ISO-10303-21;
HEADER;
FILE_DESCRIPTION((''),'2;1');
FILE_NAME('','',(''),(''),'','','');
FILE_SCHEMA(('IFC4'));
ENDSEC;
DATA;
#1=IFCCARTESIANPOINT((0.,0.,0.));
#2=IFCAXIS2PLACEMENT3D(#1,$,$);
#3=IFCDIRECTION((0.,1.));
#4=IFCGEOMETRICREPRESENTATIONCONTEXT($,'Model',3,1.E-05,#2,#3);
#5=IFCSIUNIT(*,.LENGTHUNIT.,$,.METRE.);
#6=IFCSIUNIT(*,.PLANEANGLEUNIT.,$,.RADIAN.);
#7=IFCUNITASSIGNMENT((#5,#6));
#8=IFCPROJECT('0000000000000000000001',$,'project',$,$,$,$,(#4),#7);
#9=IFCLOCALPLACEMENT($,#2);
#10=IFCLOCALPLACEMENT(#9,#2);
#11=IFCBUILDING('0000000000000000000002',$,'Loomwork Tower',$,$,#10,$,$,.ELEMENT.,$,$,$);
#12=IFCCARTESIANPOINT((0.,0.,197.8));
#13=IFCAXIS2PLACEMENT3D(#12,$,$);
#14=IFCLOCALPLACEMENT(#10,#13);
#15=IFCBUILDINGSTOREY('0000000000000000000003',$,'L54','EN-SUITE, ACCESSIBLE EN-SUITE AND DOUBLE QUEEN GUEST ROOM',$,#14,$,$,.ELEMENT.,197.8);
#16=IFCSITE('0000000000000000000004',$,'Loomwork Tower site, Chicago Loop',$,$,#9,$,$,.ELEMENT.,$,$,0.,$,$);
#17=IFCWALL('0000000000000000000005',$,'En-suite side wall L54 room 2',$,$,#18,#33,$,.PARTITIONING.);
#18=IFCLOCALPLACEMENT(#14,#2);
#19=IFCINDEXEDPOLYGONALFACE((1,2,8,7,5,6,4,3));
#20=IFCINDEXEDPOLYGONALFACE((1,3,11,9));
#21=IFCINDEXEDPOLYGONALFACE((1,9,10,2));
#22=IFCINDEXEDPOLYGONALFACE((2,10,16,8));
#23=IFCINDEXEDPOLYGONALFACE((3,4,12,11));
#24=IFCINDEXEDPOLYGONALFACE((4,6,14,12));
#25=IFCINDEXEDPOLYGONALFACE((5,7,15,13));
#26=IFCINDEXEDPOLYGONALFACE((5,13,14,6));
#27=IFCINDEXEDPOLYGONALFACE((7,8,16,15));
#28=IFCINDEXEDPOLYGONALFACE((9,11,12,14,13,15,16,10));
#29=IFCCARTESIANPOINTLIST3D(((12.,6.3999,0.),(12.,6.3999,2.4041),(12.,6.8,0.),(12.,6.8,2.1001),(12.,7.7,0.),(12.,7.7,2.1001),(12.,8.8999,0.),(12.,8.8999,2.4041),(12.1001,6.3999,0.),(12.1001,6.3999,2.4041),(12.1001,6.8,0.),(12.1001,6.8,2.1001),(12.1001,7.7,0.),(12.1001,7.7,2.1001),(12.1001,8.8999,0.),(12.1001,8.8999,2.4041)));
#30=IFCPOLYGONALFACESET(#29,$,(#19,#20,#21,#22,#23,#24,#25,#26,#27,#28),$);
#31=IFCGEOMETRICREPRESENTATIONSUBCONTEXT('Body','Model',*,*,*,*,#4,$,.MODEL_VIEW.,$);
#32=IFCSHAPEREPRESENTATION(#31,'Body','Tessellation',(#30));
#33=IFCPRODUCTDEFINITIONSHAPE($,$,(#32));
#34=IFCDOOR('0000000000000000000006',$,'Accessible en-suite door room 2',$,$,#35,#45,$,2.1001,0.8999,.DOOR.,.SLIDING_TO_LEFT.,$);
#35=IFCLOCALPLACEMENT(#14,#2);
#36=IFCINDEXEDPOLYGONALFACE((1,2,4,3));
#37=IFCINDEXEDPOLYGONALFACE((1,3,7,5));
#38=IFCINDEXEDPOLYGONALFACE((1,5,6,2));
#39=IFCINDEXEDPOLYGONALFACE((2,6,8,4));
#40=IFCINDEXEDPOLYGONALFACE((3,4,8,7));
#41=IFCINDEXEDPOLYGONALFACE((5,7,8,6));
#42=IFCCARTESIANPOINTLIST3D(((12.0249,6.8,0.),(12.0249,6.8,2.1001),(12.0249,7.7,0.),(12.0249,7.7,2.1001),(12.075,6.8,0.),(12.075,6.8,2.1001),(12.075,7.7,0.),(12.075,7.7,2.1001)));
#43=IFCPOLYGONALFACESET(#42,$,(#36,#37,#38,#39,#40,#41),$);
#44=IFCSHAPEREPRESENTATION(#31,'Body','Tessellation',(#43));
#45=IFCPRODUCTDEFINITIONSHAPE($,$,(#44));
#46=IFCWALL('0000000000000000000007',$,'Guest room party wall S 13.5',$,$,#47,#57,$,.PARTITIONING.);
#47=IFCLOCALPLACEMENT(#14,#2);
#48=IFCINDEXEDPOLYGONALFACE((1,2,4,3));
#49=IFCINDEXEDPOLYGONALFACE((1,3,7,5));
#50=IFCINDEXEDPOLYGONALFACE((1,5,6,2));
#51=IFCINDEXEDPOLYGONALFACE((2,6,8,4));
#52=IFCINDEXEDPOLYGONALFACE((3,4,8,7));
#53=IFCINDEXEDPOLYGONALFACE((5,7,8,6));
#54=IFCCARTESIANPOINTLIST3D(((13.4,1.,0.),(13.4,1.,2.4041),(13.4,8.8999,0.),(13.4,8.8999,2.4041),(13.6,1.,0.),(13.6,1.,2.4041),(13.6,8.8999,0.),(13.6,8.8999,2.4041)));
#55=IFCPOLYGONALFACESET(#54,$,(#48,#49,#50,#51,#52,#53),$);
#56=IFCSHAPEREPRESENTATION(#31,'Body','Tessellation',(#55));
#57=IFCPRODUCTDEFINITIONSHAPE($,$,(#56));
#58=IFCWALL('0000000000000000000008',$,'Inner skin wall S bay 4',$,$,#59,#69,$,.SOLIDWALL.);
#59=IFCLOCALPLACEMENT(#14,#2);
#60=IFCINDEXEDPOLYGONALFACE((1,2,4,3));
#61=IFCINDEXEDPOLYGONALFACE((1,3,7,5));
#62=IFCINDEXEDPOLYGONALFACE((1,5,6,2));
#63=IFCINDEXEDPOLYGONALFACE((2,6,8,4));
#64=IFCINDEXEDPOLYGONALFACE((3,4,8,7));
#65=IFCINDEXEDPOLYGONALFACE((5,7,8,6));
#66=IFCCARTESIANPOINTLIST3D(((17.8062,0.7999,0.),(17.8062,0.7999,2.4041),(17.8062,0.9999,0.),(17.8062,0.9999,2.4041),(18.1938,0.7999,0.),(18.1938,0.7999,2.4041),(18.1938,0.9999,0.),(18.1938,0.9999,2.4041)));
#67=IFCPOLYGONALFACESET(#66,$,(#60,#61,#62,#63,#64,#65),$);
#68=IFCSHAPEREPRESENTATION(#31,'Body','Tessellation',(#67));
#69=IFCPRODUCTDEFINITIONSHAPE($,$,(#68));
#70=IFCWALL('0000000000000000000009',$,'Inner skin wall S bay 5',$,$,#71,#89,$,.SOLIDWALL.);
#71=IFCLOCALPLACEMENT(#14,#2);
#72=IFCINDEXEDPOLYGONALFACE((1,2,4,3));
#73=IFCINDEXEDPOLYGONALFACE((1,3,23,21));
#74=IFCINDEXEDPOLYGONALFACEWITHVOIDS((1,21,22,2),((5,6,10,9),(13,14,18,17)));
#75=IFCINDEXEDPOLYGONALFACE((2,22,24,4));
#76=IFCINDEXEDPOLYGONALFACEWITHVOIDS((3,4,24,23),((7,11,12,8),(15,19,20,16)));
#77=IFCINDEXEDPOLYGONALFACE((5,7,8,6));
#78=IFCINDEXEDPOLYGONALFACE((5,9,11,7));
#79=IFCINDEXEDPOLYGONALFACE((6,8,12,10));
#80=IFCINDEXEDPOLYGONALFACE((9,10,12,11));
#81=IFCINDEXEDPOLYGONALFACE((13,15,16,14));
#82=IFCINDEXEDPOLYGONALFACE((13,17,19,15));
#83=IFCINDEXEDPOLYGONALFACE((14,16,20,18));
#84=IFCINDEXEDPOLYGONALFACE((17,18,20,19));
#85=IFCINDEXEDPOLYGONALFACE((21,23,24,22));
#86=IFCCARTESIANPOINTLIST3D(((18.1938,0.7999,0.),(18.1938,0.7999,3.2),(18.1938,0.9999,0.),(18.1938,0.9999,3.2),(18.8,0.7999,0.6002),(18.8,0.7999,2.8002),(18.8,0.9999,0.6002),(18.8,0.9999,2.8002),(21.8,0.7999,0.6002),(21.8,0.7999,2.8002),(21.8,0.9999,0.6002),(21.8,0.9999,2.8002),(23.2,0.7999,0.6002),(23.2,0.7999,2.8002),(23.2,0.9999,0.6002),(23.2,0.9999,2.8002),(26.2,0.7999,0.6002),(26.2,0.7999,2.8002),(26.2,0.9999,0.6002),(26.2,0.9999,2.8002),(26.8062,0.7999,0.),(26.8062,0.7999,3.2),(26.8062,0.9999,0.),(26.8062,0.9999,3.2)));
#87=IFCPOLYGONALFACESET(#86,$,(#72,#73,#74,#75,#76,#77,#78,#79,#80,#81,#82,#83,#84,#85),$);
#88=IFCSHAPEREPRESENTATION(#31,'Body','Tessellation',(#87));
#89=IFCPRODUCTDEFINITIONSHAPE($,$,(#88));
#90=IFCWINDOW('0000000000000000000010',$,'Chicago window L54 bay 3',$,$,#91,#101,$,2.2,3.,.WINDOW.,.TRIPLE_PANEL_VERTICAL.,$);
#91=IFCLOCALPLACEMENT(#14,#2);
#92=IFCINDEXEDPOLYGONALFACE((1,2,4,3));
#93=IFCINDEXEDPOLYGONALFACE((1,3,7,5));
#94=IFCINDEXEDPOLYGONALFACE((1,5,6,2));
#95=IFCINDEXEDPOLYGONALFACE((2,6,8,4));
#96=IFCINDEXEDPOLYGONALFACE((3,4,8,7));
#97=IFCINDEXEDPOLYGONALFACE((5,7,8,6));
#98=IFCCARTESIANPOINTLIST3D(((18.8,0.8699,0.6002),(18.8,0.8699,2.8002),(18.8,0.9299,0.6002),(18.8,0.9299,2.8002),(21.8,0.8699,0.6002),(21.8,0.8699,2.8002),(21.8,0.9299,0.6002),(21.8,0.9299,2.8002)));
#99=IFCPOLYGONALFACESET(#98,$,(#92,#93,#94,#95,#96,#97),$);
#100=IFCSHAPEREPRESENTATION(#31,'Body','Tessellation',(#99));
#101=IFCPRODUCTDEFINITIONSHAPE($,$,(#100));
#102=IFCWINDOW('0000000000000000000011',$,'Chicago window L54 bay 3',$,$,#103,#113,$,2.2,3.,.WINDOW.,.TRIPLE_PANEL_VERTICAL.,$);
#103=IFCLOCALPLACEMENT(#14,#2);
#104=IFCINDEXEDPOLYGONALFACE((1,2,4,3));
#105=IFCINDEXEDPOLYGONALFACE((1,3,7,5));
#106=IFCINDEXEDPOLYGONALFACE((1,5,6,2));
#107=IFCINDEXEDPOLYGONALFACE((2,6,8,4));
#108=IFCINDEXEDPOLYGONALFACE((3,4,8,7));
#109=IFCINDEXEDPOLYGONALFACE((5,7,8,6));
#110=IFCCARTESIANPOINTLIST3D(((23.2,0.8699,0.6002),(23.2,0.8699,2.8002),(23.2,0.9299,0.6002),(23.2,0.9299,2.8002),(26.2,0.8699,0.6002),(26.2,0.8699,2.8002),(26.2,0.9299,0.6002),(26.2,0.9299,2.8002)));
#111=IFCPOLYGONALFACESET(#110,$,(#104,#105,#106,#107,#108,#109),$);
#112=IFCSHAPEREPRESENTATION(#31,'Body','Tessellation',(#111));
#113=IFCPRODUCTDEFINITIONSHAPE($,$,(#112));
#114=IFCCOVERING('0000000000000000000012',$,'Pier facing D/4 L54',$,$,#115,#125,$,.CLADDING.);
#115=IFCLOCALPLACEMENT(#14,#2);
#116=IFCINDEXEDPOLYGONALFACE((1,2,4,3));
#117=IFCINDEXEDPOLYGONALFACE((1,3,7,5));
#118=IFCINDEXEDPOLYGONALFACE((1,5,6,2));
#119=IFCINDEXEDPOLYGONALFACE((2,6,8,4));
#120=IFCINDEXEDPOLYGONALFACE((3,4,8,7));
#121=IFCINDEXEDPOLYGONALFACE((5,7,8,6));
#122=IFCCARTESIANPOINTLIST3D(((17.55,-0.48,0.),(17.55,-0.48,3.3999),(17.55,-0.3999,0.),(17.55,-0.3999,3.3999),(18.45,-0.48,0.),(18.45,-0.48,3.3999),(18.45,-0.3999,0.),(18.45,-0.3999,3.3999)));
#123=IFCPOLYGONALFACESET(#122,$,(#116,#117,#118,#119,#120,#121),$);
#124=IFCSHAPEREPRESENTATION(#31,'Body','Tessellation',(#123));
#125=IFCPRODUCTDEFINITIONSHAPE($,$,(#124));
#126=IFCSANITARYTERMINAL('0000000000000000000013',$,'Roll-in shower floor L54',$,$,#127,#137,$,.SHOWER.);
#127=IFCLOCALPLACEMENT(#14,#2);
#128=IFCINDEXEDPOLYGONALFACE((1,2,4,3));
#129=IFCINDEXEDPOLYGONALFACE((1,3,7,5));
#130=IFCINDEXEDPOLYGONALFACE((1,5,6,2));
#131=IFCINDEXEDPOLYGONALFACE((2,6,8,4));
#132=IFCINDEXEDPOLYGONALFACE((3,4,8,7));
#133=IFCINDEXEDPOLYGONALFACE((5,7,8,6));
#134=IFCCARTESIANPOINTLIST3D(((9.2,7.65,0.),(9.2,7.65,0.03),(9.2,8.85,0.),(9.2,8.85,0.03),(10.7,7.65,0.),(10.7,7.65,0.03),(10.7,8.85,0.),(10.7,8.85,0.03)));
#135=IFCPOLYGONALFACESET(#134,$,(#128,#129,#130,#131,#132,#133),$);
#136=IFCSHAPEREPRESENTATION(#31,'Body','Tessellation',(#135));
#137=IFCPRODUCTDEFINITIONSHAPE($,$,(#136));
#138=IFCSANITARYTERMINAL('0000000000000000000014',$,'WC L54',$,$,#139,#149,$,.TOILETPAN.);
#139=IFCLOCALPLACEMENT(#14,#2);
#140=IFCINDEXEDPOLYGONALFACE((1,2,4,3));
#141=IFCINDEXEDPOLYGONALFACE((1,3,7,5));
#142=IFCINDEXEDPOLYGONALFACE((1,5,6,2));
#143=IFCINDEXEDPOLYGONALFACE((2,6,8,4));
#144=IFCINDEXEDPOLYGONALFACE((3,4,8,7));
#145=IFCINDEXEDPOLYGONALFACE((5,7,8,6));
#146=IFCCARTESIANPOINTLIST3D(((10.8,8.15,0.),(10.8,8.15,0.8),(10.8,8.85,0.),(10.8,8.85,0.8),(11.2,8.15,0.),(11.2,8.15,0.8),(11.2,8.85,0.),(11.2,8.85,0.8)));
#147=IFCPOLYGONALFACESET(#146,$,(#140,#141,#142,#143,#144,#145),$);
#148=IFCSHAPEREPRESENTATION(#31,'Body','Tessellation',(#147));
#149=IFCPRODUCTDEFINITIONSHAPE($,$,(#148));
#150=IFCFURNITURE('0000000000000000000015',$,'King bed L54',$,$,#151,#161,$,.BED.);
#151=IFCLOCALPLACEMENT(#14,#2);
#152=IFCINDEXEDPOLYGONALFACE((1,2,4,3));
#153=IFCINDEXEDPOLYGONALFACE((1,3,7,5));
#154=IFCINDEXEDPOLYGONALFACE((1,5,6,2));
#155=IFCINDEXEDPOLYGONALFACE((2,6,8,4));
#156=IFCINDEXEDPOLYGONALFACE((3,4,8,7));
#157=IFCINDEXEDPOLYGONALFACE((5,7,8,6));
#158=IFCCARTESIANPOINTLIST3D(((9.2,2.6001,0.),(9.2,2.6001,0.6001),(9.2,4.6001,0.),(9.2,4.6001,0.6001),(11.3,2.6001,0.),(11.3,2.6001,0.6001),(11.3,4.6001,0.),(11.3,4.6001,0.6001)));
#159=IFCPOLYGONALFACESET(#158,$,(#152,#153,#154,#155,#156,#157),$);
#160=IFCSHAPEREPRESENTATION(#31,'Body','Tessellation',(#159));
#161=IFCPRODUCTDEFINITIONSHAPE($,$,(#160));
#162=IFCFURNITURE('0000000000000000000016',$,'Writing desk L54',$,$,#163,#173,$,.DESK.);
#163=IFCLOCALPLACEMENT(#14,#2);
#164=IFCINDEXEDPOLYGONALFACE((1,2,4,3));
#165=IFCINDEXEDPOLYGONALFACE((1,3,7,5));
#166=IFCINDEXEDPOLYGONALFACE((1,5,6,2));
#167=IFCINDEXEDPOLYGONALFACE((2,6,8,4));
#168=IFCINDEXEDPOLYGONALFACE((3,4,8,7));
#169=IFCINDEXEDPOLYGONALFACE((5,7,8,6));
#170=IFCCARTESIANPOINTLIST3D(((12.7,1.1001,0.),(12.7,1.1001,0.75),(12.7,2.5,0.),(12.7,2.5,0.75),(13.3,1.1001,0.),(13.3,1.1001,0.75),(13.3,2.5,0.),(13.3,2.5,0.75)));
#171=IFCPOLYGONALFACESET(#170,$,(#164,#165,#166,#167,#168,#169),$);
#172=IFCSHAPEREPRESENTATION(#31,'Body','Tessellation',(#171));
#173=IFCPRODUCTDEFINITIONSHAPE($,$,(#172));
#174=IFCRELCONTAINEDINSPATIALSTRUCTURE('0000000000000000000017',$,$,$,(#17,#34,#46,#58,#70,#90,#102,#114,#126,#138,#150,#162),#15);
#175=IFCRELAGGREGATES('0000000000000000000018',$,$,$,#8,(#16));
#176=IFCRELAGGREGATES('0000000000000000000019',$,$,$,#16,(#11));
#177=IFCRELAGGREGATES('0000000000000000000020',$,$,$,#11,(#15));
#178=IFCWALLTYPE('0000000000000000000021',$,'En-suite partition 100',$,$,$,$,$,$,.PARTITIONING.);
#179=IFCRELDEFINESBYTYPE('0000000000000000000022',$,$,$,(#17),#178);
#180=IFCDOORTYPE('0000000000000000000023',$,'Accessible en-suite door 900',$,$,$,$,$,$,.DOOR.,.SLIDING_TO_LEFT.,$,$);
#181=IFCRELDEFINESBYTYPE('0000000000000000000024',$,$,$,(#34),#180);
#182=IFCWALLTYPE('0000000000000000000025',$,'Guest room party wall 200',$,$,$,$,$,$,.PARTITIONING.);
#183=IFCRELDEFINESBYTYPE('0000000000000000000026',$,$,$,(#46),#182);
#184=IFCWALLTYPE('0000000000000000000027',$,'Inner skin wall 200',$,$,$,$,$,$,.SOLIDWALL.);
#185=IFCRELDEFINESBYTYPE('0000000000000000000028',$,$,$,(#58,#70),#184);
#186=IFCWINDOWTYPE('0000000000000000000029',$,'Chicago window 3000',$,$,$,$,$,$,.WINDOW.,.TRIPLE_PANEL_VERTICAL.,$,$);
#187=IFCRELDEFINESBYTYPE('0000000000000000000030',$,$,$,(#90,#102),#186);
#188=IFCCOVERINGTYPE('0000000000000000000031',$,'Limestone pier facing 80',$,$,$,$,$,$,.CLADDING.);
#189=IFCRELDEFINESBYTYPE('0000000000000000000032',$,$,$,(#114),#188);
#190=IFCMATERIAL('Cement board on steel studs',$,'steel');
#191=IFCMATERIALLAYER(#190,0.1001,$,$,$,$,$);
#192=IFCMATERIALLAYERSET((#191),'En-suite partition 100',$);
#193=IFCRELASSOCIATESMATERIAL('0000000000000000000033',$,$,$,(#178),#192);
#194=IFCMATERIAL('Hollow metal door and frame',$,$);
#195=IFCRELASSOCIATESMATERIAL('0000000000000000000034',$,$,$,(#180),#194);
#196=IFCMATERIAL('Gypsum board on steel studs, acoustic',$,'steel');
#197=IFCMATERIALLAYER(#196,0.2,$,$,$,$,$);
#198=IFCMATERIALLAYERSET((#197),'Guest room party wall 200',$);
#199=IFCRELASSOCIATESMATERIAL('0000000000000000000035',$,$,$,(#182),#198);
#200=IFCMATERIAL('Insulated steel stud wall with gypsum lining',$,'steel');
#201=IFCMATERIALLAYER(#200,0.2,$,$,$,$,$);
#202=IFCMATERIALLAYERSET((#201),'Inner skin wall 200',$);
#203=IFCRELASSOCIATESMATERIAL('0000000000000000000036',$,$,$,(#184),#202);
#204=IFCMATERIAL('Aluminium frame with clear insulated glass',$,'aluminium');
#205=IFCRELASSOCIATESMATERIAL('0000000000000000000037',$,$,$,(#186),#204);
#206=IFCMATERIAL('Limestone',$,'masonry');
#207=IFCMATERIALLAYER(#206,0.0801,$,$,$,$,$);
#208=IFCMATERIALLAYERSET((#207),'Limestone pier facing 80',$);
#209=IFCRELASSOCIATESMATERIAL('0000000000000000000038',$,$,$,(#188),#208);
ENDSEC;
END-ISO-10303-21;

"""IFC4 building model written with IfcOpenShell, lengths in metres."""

from ifc_helpers import new_model, si_unit, direction, frame, frame_2d, origin, origin_2d, place, context, subcontext, project, spatial, rectangle, extrude, material, layer, layer_set, type_object, element, fill, save


model = new_model("IFC4")

# Units and contexts
model_context = context("Model", 3, precision=1e-05, world=origin(), true_north=direction((0.0, 1.0)))
body_context = subcontext(model_context, "Body", "Model", "MODEL_VIEW")
ifc_project = project(units=[si_unit("LENGTHUNIT", "METRE"), si_unit("PLANEANGLEUNIT", "RADIAN")], contexts=[model_context])

# Site, building, storey
site_placement = place(None, origin())
site = spatial("IfcSite", under=ifc_project, at=site_placement, Name="Loomwork Tower site, Chicago Loop", CompositionType="ELEMENT", RefElevation=0.0)
building_placement = place(site_placement, origin())
building = spatial("IfcBuilding", under=site, at=building_placement, Name="Loomwork Tower", CompositionType="ELEMENT")
storey_placement = place(building_placement, frame((0.0, 0.0, 197.8)))
storey = spatial("IfcBuildingStorey", under=building, at=storey_placement, Name="L54", Description="EN-SUITE, ACCESSIBLE EN-SUITE AND DOUBLE QUEEN GUEST ROOM", CompositionType="ELEMENT", Elevation=197.8)

# Wall, opening, door
ifc_material_1 = material(Name="Cement board on steel studs", Category="steel")
ifc_layer_1 = layer(ifc_material_1, 0.1001)
ifc_layer_set_1 = layer_set([ifc_layer_1], Name="En-suite partition 100")
wall_type_1 = type_object("IfcWallType", Name="En-suite partition 100", PredefinedType="PARTITIONING", material=ifc_layer_set_1)
wall_1_placement = place(storey_placement, frame((12.05, 8.8999, 0.0), z_axis=(0.0, 0.0, 1.0), x_axis=(0.0, -1.0, 0.0)))
wall_1 = element("IfcWall", 1, at=wall_1_placement, inside=storey, type_object=wall_type_1, Name="En-suite side wall L54 room 2", PredefinedType="PARTITIONING", context=body_context, shape_type="SweptSolid", body=[
    extrude(rectangle(XDim=2.5, YDim=0.1001, at=frame_2d((1.25, 0.0))), origin(), (0.0, 0.0, 1.0), 2.4041),
])
opening_1_placement = place(wall_1_placement, frame((1.2, 0.0, 0.0)))
opening_1 = element("IfcOpeningElement", 2, at=opening_1_placement, cuts=wall_1, PredefinedType="OPENING", context=body_context, shape_type="SweptSolid", body=[
    extrude(rectangle(XDim=0.8999, YDim=2.1001, at=frame_2d((0.45, 1.05))), frame((0.0, 0.0601, 0.0), z_axis=(0.0, -1.0, 0.0), x_axis=(1.0, 0.0, 0.0)), (0.0, 0.0, 1.0), 0.1201),
])
ifc_material_2 = material(Name="Hollow metal door and frame")
door_type = type_object("IfcDoorType", Name="Accessible en-suite door 900", OperationType="SLIDING_TO_LEFT", PredefinedType="DOOR", material=ifc_material_2)
door_placement = place(opening_1_placement, origin())
door = element("IfcDoor", 3, at=door_placement, inside=storey, type_object=door_type, Name="Accessible en-suite door room 2", OperationType="SLIDING_TO_LEFT", OverallHeight=2.1001, OverallWidth=0.8999, PredefinedType="DOOR", context=body_context, shape_type="SweptSolid", body=[
    extrude(rectangle(XDim=0.8999, YDim=2.1001, at=frame_2d((0.45, 1.05))), frame((0.0, 0.0249, 0.0), z_axis=(0.0, -1.0, 0.0), x_axis=(1.0, 0.0, 0.0)), (0.0, 0.0, 1.0), 0.05),
])
fill(opening_1, door)

# Walls
ifc_material_3 = material(Name="Gypsum board on steel studs, acoustic", Category="steel")
ifc_layer_2 = layer(ifc_material_3, 0.2)
ifc_layer_set_2 = layer_set([ifc_layer_2], Name="Guest room party wall 200")
wall_type_2 = type_object("IfcWallType", Name="Guest room party wall 200", PredefinedType="PARTITIONING", material=ifc_layer_set_2)
wall_2_placement = place(storey_placement, frame((13.5, 8.8999, 0.0), z_axis=(0.0, 0.0, 1.0), x_axis=(0.0, -1.0, 0.0)))
element("IfcWall", 4, at=wall_2_placement, inside=storey, type_object=wall_type_2, Name="Guest room party wall S 13.5", PredefinedType="PARTITIONING", context=body_context, shape_type="SweptSolid", body=[
    extrude(rectangle(XDim=7.8999, YDim=0.2, at=frame_2d((3.95, 0.0))), origin(), (0.0, 0.0, 1.0), 2.4041),
])
ifc_material_4 = material(Name="Insulated steel stud wall with gypsum lining", Category="steel")
ifc_layer_3 = layer(ifc_material_4, 0.2)
ifc_layer_set_3 = layer_set([ifc_layer_3], Name="Inner skin wall 200")
wall_type_3 = type_object("IfcWallType", Name="Inner skin wall 200", PredefinedType="SOLIDWALL", material=ifc_layer_set_3)
wall_3_placement = place(storey_placement, frame((17.8062, 0.8999, 0.0), z_axis=(0.0, 0.0, 1.0), x_axis=(1.0, 0.0, 0.0)))
element("IfcWall", 5, at=wall_3_placement, inside=storey, type_object=wall_type_3, Name="Inner skin wall S bay 4", PredefinedType="SOLIDWALL", context=body_context, shape_type="SweptSolid", body=[
    extrude(rectangle(XDim=0.3877, YDim=0.2, at=frame_2d((0.1938, 0.0))), origin(), (0.0, 0.0, 1.0), 2.4041),
])

# Wall, openings, windows
wall_4_placement = place(storey_placement, frame((18.1938, 0.8999, 0.0), z_axis=(0.0, 0.0, 1.0), x_axis=(1.0, 0.0, 0.0)))
wall_4 = element("IfcWall", 6, at=wall_4_placement, inside=storey, type_object=wall_type_3, Name="Inner skin wall S bay 5", PredefinedType="SOLIDWALL", context=body_context, shape_type="SweptSolid", body=[
    extrude(rectangle(XDim=8.6123, YDim=0.2, at=frame_2d((4.3062, 0.0))), origin(), (0.0, 0.0, 1.0), 3.2),
])
opening_2_placement = place(wall_4_placement, frame((0.6062, 0.0, 0.6001)))
opening_2 = element("IfcOpeningElement", 7, at=opening_2_placement, cuts=wall_4, PredefinedType="OPENING", context=body_context, shape_type="SweptSolid", body=[
    extrude(rectangle(XDim=3.0, YDim=2.2, at=frame_2d((1.5, 1.1001))), frame((0.0, 0.1099, 0.0), z_axis=(0.0, -1.0, 0.0), x_axis=(1.0, 0.0, 0.0)), (0.0, 0.0, 1.0), 0.22),
])
opening_3_placement = place(wall_4_placement, frame((5.0061, 0.0, 0.6001)))
opening_3 = element("IfcOpeningElement", 8, at=opening_3_placement, cuts=wall_4, PredefinedType="OPENING", context=body_context, shape_type="SweptSolid", body=[
    extrude(rectangle(XDim=3.0, YDim=2.2, at=frame_2d((1.5, 1.1001))), frame((0.0, 0.1099, 0.0), z_axis=(0.0, -1.0, 0.0), x_axis=(1.0, 0.0, 0.0)), (0.0, 0.0, 1.0), 0.22),
])
ifc_material_5 = material(Name="Aluminium frame with clear insulated glass", Category="aluminium")
window_type = type_object("IfcWindowType", Name="Chicago window 3000", PartitioningType="TRIPLE_PANEL_VERTICAL", PredefinedType="WINDOW", material=ifc_material_5)
window_1_placement = place(opening_2_placement, origin())
window_1 = element("IfcWindow", 9, at=window_1_placement, inside=storey, type_object=window_type, Name="Chicago window L54 bay 3", OverallHeight=2.2, OverallWidth=3.0, PartitioningType="TRIPLE_PANEL_VERTICAL", PredefinedType="WINDOW", context=body_context, shape_type="SweptSolid", body=[
    extrude(rectangle(XDim=3.0, YDim=2.2, at=frame_2d((1.5, 1.1001))), frame((0.0, 0.03, 0.0), z_axis=(0.0, -1.0, 0.0), x_axis=(1.0, 0.0, 0.0)), (0.0, 0.0, 1.0), 0.0601),
])
fill(opening_2, window_1)
window_2_placement = place(opening_3_placement, origin())
window_2 = element("IfcWindow", 10, at=window_2_placement, inside=storey, type_object=window_type, Name="Chicago window L54 bay 3", OverallHeight=2.2, OverallWidth=3.0, PartitioningType="TRIPLE_PANEL_VERTICAL", PredefinedType="WINDOW", context=body_context, shape_type="SweptSolid", body=[
    extrude(rectangle(XDim=3.0, YDim=2.2, at=frame_2d((1.5, 1.1001))), frame((0.0, 0.03, 0.0), z_axis=(0.0, -1.0, 0.0), x_axis=(1.0, 0.0, 0.0)), (0.0, 0.0, 1.0), 0.0601),
])
fill(opening_3, window_2)

# Covering
ifc_material_6 = material(Name="Limestone", Category="masonry")
ifc_layer_4 = layer(ifc_material_6, 0.0801)
ifc_layer_set_4 = layer_set([ifc_layer_4], Name="Limestone pier facing 80")
covering_type = type_object("IfcCoveringType", Name="Limestone pier facing 80", PredefinedType="CLADDING", material=ifc_layer_set_4)
covering_placement = place(storey_placement, frame((18.0, -0.4399, 0.0), z_axis=(0.0, 0.0, 1.0), x_axis=(1.0, 0.0, 0.0)))
element("IfcCovering", 11, at=covering_placement, inside=storey, type_object=covering_type, Name="Pier facing D/4 L54", PredefinedType="CLADDING", context=body_context, shape_type="SweptSolid", body=[
    extrude(rectangle(XDim=0.8999, YDim=0.0801, at=origin_2d()), origin(), (0.0, 0.0, 1.0), 3.3999),
])

# Sanitary terminals
sanitary_terminal_1_placement = place(storey_placement, frame((9.95, 8.25, 0.0), z_axis=(0.0, 0.0, 1.0), x_axis=(1.0, 0.0, 0.0)))
element("IfcSanitaryTerminal", 12, at=sanitary_terminal_1_placement, inside=storey, Name="Roll-in shower floor L54", PredefinedType="SHOWER", context=body_context, shape_type="SweptSolid", body=[
    extrude(rectangle(XDim=1.5, YDim=1.2, at=origin_2d()), origin(), (0.0, 0.0, 1.0), 0.03),
])
sanitary_terminal_2_placement = place(storey_placement, frame((11.0, 8.5, 0.0), z_axis=(0.0, 0.0, 1.0), x_axis=(1.0, 0.0, 0.0)))
element("IfcSanitaryTerminal", 13, at=sanitary_terminal_2_placement, inside=storey, Name="WC L54", PredefinedType="TOILETPAN", context=body_context, shape_type="SweptSolid", body=[
    extrude(rectangle(XDim=0.3999, YDim=0.7, at=origin_2d()), origin(), (0.0, 0.0, 1.0), 0.8),
])

# Furniture
furniture_1_placement = place(storey_placement, frame((10.25, 3.6001, 0.0), z_axis=(0.0, 0.0, 1.0), x_axis=(1.0, 0.0, 0.0)))
element("IfcFurniture", 14, at=furniture_1_placement, inside=storey, Name="King bed L54", PredefinedType="BED", context=body_context, shape_type="SweptSolid", body=[
    extrude(rectangle(XDim=2.1001, YDim=2.0, at=origin_2d()), origin(), (0.0, 0.0, 1.0), 0.6001),
])
furniture_2_placement = place(storey_placement, frame((13.0, 1.8, 0.0), z_axis=(0.0, 0.0, 1.0), x_axis=(1.0, 0.0, 0.0)))
element("IfcFurniture", 15, at=furniture_2_placement, inside=storey, Name="Writing desk L54", PredefinedType="DESK", context=body_context, shape_type="SweptSolid", body=[
    extrude(rectangle(XDim=0.6001, YDim=1.3999, at=origin_2d()), origin(), (0.0, 0.0, 1.0), 0.75),
])

save(model, "model.ifc")
